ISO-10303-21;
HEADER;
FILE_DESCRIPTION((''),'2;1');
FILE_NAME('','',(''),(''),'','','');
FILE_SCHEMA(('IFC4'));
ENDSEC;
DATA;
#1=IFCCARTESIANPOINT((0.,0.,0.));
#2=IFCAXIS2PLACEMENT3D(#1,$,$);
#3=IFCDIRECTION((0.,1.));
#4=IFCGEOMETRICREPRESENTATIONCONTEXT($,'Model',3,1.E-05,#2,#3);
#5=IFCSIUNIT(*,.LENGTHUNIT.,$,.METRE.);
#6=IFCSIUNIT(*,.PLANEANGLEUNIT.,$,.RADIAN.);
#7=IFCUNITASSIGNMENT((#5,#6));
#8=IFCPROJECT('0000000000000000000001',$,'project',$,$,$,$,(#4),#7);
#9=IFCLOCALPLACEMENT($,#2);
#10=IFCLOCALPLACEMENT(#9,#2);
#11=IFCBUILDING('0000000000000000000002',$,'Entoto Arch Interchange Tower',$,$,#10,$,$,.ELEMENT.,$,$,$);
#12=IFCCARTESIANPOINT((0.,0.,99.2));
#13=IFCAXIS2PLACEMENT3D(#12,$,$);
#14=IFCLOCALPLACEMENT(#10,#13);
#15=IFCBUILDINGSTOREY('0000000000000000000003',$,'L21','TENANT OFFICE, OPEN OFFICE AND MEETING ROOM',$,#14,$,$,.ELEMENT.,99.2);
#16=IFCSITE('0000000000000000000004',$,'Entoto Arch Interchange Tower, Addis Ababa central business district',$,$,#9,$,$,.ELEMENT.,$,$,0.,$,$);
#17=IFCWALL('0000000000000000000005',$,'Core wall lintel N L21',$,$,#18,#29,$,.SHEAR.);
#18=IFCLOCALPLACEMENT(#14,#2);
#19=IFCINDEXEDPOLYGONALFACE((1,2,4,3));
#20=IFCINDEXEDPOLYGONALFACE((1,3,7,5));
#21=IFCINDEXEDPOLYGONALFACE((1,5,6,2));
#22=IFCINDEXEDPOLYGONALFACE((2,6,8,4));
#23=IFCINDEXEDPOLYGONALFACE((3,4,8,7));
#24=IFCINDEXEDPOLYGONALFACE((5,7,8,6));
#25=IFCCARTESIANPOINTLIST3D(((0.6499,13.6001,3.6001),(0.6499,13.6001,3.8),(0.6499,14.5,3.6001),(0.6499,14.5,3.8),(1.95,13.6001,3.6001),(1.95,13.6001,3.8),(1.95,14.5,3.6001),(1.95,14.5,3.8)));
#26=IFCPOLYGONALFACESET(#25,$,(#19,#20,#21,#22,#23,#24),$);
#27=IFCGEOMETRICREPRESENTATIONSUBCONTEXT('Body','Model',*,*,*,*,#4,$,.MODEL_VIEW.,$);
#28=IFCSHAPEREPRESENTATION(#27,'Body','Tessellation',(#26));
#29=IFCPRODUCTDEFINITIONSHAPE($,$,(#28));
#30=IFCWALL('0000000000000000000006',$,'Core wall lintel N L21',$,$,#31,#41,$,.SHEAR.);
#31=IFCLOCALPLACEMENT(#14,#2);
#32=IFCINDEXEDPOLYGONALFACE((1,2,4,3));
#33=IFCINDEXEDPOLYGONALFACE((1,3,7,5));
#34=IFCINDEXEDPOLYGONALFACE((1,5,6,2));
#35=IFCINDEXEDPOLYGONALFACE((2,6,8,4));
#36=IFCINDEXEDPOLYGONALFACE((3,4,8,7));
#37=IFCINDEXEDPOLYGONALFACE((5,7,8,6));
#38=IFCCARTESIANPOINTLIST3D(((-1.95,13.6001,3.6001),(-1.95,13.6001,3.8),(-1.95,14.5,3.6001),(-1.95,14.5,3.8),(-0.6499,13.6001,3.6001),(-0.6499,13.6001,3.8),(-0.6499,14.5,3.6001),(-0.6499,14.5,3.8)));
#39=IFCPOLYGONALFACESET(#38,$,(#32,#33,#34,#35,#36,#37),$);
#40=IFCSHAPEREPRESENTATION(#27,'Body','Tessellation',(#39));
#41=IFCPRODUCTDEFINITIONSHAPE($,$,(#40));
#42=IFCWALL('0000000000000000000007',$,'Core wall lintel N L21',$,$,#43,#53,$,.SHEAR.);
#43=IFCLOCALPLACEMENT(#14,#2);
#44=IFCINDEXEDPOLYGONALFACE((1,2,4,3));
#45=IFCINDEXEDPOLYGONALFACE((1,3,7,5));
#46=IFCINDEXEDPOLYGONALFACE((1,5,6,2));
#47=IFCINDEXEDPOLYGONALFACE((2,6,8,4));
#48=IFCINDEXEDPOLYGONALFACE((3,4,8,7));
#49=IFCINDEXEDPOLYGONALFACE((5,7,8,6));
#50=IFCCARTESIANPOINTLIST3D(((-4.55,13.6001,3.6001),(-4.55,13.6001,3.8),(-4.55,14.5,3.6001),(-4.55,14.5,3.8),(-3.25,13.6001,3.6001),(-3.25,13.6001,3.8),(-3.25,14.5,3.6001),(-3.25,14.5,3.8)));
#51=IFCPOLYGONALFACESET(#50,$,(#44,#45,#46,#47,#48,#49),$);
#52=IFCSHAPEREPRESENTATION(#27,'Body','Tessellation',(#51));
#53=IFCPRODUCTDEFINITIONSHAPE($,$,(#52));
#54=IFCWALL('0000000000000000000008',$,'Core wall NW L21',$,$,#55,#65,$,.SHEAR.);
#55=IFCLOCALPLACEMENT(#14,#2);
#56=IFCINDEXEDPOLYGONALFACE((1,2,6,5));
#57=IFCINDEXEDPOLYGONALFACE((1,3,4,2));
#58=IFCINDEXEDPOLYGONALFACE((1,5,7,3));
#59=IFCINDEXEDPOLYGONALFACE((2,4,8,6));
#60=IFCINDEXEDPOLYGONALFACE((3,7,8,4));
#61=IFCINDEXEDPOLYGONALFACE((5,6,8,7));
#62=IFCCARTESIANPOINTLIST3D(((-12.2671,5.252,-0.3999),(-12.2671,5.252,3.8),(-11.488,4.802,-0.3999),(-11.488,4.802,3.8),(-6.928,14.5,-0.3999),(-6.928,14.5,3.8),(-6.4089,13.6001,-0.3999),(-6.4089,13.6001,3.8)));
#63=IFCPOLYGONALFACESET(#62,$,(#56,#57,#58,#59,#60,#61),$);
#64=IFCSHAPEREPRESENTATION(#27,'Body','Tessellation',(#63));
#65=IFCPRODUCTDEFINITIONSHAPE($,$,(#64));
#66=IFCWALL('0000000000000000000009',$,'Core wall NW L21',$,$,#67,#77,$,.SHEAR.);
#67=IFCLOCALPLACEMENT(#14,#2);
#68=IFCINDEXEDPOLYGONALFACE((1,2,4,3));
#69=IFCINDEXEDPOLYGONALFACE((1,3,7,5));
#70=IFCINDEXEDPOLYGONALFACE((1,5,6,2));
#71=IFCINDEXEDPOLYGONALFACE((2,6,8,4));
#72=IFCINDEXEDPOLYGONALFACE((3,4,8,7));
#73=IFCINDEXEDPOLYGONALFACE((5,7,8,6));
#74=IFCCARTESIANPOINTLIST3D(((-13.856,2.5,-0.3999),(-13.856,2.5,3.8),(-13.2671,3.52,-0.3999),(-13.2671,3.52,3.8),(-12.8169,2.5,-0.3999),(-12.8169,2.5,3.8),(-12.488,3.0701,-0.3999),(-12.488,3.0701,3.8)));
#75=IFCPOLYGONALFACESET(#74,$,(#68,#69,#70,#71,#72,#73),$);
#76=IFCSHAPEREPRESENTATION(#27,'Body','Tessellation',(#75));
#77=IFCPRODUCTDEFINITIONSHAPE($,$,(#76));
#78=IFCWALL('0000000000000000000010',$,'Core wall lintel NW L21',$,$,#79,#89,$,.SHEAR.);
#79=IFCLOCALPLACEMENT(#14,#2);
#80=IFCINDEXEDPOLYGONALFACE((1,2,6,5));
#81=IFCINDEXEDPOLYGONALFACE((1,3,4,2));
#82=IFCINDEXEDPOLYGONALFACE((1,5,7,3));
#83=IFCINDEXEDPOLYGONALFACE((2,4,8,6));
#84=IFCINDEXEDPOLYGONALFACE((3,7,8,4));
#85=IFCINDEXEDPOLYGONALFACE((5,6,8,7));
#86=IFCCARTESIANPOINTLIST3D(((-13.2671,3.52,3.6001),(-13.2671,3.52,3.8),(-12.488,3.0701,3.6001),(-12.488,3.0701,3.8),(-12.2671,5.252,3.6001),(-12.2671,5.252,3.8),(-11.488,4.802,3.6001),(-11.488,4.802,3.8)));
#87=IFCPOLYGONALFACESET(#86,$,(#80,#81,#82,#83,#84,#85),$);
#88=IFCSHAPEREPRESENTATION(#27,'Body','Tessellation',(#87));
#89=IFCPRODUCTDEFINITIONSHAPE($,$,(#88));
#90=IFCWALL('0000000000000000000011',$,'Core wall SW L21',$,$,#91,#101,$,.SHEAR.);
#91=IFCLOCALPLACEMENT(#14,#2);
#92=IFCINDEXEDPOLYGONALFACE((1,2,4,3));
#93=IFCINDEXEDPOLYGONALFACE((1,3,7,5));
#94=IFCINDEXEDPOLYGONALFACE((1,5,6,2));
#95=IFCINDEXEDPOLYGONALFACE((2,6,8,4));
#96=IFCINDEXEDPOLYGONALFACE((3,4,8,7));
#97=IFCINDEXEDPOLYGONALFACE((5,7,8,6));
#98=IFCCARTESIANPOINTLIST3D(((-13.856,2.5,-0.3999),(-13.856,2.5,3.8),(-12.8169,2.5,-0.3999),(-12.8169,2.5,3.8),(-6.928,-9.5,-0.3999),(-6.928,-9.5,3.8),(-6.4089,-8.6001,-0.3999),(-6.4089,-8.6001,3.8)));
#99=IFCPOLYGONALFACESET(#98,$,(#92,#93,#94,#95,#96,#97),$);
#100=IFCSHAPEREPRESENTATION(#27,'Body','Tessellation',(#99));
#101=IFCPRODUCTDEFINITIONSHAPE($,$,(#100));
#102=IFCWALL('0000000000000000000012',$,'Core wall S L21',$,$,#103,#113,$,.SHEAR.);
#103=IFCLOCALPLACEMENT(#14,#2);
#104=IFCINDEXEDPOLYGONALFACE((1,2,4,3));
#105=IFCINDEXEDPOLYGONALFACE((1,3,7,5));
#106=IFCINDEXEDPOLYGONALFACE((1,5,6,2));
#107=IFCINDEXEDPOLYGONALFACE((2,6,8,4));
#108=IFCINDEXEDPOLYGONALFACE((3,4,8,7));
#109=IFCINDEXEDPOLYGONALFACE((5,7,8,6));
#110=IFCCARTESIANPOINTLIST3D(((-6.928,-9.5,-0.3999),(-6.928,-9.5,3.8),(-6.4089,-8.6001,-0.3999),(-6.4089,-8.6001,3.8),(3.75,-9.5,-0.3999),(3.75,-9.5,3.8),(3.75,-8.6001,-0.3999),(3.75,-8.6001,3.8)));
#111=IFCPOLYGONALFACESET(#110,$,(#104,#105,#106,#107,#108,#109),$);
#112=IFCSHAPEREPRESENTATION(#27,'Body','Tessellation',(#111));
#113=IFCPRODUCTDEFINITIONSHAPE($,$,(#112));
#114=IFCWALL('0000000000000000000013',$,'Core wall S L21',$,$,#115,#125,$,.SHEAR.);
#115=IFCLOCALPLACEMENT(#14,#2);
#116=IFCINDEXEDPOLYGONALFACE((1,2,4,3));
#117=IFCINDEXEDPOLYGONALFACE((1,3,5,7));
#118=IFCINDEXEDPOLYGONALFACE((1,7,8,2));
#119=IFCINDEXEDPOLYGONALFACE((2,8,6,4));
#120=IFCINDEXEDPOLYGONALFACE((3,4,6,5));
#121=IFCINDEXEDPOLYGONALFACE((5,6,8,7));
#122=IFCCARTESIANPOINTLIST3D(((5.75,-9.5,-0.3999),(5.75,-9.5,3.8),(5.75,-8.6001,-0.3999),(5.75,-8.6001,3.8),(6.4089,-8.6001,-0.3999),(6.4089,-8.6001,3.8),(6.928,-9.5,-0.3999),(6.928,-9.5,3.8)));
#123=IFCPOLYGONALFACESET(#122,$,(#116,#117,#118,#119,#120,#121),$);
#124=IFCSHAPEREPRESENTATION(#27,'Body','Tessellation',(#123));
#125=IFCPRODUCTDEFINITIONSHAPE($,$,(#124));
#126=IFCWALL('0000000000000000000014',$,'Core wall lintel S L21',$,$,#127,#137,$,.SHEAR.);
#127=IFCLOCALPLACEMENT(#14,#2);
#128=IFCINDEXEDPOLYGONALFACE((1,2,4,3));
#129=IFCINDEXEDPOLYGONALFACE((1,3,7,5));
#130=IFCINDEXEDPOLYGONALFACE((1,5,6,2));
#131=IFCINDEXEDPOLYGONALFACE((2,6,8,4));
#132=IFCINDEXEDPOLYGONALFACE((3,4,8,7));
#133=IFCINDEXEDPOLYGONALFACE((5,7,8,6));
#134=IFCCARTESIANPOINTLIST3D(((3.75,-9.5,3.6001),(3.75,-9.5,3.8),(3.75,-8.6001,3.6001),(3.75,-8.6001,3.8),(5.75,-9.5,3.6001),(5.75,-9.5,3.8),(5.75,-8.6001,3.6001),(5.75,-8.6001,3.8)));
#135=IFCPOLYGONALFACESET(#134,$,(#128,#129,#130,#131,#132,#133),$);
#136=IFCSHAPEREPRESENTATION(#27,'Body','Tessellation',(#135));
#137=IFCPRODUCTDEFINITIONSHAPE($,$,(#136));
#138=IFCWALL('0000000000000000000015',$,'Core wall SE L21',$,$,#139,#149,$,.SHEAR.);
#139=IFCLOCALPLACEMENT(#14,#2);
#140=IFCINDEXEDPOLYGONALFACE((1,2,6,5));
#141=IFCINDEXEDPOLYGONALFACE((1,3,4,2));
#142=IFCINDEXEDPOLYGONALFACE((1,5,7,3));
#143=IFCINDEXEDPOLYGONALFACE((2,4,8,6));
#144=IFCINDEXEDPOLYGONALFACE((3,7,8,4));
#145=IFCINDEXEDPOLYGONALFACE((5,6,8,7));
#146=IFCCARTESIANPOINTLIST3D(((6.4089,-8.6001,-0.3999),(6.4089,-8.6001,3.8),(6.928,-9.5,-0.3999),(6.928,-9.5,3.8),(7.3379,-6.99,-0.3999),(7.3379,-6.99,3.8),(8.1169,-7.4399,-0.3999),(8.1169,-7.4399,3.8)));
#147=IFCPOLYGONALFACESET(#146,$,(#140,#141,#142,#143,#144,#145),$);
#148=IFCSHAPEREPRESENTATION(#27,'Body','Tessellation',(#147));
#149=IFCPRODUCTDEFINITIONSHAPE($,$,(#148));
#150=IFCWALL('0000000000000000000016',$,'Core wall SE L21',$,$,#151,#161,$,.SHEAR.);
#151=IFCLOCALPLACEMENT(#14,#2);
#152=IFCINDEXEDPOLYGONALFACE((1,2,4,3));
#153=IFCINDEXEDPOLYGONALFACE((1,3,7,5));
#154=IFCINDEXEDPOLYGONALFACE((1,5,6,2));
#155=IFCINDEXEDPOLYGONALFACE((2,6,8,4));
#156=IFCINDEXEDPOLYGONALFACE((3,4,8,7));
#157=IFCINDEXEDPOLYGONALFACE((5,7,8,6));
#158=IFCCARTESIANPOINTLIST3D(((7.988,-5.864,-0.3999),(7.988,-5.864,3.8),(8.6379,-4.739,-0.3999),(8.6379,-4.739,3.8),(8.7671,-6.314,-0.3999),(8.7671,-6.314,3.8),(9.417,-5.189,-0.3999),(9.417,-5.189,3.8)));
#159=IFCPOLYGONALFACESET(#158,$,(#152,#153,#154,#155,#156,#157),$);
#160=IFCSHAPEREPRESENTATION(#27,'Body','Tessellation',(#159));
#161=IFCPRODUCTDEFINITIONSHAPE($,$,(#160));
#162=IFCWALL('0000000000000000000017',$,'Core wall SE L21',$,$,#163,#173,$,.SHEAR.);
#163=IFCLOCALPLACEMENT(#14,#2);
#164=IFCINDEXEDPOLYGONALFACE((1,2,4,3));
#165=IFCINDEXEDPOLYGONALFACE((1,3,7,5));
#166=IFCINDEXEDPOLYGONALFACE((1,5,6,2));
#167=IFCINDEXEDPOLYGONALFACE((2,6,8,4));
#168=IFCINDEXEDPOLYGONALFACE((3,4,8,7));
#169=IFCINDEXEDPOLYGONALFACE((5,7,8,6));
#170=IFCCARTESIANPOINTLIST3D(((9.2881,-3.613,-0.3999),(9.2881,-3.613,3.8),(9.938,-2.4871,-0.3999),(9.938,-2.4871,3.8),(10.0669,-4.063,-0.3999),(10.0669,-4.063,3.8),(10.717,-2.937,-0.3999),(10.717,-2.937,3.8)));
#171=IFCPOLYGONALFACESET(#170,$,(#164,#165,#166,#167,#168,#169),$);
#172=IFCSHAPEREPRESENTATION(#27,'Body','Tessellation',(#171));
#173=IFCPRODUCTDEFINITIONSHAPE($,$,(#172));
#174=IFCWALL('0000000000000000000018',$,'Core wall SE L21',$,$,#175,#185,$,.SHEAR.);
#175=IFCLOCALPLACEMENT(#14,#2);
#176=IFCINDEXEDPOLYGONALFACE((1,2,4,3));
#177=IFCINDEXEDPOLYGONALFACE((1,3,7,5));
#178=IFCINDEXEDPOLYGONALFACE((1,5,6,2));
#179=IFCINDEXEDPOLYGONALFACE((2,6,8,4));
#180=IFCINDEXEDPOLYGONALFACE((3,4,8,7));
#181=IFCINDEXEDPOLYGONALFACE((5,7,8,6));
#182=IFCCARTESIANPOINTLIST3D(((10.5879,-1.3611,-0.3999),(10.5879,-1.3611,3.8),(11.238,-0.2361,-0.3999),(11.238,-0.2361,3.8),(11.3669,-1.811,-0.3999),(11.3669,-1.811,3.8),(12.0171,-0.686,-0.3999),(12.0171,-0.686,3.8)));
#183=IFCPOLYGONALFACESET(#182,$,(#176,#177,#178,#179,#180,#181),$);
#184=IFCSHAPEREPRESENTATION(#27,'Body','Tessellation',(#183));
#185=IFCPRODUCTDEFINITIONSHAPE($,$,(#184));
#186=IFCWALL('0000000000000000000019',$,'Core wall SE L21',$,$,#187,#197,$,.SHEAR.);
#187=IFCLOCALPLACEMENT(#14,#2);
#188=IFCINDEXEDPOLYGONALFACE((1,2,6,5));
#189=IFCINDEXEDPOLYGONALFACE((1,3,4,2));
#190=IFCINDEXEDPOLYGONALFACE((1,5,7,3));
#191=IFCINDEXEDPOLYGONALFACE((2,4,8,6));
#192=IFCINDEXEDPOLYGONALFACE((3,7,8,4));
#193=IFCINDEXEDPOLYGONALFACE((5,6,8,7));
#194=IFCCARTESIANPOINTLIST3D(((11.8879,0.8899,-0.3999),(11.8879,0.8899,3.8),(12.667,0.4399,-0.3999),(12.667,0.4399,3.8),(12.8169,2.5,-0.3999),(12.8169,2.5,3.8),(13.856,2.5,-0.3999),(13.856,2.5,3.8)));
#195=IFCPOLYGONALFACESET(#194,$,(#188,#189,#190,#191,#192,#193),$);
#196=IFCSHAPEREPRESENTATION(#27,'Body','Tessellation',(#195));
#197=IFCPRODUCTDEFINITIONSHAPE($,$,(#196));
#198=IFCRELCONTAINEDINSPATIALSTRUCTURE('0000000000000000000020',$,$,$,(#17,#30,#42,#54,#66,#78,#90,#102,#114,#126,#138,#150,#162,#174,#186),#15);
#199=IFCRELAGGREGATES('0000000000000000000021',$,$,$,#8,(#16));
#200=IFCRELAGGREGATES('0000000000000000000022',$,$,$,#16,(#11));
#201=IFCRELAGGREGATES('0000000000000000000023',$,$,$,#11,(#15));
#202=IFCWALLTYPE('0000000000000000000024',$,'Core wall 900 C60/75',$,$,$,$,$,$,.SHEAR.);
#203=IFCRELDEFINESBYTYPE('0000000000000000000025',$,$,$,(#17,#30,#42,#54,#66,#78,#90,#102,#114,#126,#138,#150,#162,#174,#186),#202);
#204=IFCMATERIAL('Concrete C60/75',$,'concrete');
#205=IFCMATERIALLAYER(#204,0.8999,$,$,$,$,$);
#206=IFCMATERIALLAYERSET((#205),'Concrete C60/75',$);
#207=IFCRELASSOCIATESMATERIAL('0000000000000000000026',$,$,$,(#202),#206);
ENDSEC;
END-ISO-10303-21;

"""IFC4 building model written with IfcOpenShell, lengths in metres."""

from ifc_helpers import new_model, si_unit, direction, frame, origin, place, context, subcontext, project, spatial, polyline, outline, extrude, material, layer, layer_set, type_object, element, save


model = new_model("IFC4")

# Units and contexts
model_context = context("Model", 3, precision=1e-05, world=origin(), true_north=direction((0.0, 1.0)))
body_context = subcontext(model_context, "Body", "Model", "MODEL_VIEW")
ifc_project = project(units=[si_unit("LENGTHUNIT", "METRE"), si_unit("PLANEANGLEUNIT", "RADIAN")], contexts=[model_context])

# Site, building, storey
site_placement = place(None, origin())
site = spatial("IfcSite", under=ifc_project, at=site_placement, Name="Entoto Arch Interchange Tower, Addis Ababa central business district", CompositionType="ELEMENT", RefElevation=0.0)
building_placement = place(site_placement, origin())
building = spatial("IfcBuilding", under=site, at=building_placement, Name="Entoto Arch Interchange Tower", CompositionType="ELEMENT")
storey_placement = place(building_placement, frame((0.0, 0.0, 99.2)))
storey = spatial("IfcBuildingStorey", under=building, at=storey_placement, Name="L21", Description="TENANT OFFICE, OPEN OFFICE AND MEETING ROOM", CompositionType="ELEMENT", Elevation=99.2)

# Walls
ifc_material_1 = material(Name="Concrete C60/75", Category="concrete")
ifc_layer_1 = layer(ifc_material_1, 0.8999)
ifc_layer_set_1 = layer_set([ifc_layer_1], Name="Concrete C60/75")
wall_type_1 = type_object("IfcWallType", Name="Core wall 900 C60/75", PredefinedType="SHEAR", material=ifc_layer_set_1)
wall_1_placement = place(storey_placement, frame((0.0, 0.0, 3.6001)))
element("IfcWall", 1, at=wall_1_placement, inside=storey, type_object=wall_type_1, Name="Core wall lintel N L21", PredefinedType="SHEAR", context=body_context, shape_type="SweptSolid", body=[
    extrude(outline(polyline([(0.6499, 14.5), (0.6499, 13.6001), (1.95, 13.6001), (1.95, 14.5), (0.6499, 14.5)])), origin(), (0.0, 0.0, 1.0), 0.2),
])
wall_2_placement = place(storey_placement, frame((0.0, 0.0, 3.6001)))
element("IfcWall", 2, at=wall_2_placement, inside=storey, type_object=wall_type_1, Name="Core wall lintel N L21", PredefinedType="SHEAR", context=body_context, shape_type="SweptSolid", body=[
    extrude(outline(polyline([(-1.95, 14.5), (-1.95, 13.6001), (-0.6499, 13.6001), (-0.6499, 14.5), (-1.95, 14.5)])), origin(), (0.0, 0.0, 1.0), 0.2),
])
wall_3_placement = place(storey_placement, frame((0.0, 0.0, 3.6001)))
element("IfcWall", 3, at=wall_3_placement, inside=storey, type_object=wall_type_1, Name="Core wall lintel N L21", PredefinedType="SHEAR", context=body_context, shape_type="SweptSolid", body=[
    extrude(outline(polyline([(-4.55, 14.5), (-4.55, 13.6001), (-3.25, 13.6001), (-3.25, 14.5), (-4.55, 14.5)])), origin(), (0.0, 0.0, 1.0), 0.2),
])
wall_4_placement = place(storey_placement, frame((0.0, 0.0, -0.3999)))
element("IfcWall", 4, at=wall_4_placement, inside=storey, type_object=wall_type_1, Name="Core wall NW L21", PredefinedType="SHEAR", context=body_context, shape_type="SweptSolid", body=[
    extrude(outline(polyline([(-12.2671, 5.252), (-11.488, 4.802), (-6.4089, 13.6001), (-6.928, 14.5), (-12.2671, 5.252)])), origin(), (0.0, 0.0, 1.0), 4.2),
])
wall_5_placement = place(storey_placement, frame((0.0, 0.0, -0.3999)))
element("IfcWall", 5, at=wall_5_placement, inside=storey, type_object=wall_type_1, Name="Core wall NW L21", PredefinedType="SHEAR", context=body_context, shape_type="SweptSolid", body=[
    extrude(outline(polyline([(-12.488, 3.0701), (-13.2671, 3.52), (-13.856, 2.5), (-12.8169, 2.5), (-12.488, 3.0701)])), origin(), (0.0, 0.0, 1.0), 4.2),
])
wall_6_placement = place(storey_placement, frame((0.0, 0.0, 3.6001)))
element("IfcWall", 6, at=wall_6_placement, inside=storey, type_object=wall_type_1, Name="Core wall lintel NW L21", PredefinedType="SHEAR", context=body_context, shape_type="SweptSolid", body=[
    extrude(outline(polyline([(-13.2671, 3.52), (-12.488, 3.0701), (-11.488, 4.802), (-12.2671, 5.252), (-13.2671, 3.52)])), origin(), (0.0, 0.0, 1.0), 0.2),
])
wall_7_placement = place(storey_placement, frame((0.0, 0.0, -0.3999)))
element("IfcWall", 7, at=wall_7_placement, inside=storey, type_object=wall_type_1, Name="Core wall SW L21", PredefinedType="SHEAR", context=body_context, shape_type="SweptSolid", body=[
    extrude(outline(polyline([(-13.856, 2.5), (-6.928, -9.5), (-6.4089, -8.6001), (-12.8169, 2.5), (-13.856, 2.5)])), origin(), (0.0, 0.0, 1.0), 4.2),
])
wall_8_placement = place(storey_placement, frame((0.0, 0.0, -0.3999)))
element("IfcWall", 8, at=wall_8_placement, inside=storey, type_object=wall_type_1, Name="Core wall S L21", PredefinedType="SHEAR", context=body_context, shape_type="SweptSolid", body=[
    extrude(outline(polyline([(3.75, -9.5), (3.75, -8.6001), (-6.4089, -8.6001), (-6.928, -9.5), (3.75, -9.5)])), origin(), (0.0, 0.0, 1.0), 4.2),
])
wall_9_placement = place(storey_placement, frame((0.0, 0.0, -0.3999)))
element("IfcWall", 9, at=wall_9_placement, inside=storey, type_object=wall_type_1, Name="Core wall S L21", PredefinedType="SHEAR", context=body_context, shape_type="SweptSolid", body=[
    extrude(outline(polyline([(5.75, -8.6001), (5.75, -9.5), (6.928, -9.5), (6.4089, -8.6001), (5.75, -8.6001)])), origin(), (0.0, 0.0, 1.0), 4.2),
])
wall_10_placement = place(storey_placement, frame((0.0, 0.0, 3.6001)))
element("IfcWall", 10, at=wall_10_placement, inside=storey, type_object=wall_type_1, Name="Core wall lintel S L21", PredefinedType="SHEAR", context=body_context, shape_type="SweptSolid", body=[
    extrude(outline(polyline([(5.75, -9.5), (5.75, -8.6001), (3.75, -8.6001), (3.75, -9.5), (5.75, -9.5)])), origin(), (0.0, 0.0, 1.0), 0.2),
])
wall_11_placement = place(storey_placement, frame((0.0, 0.0, -0.3999)))
element("IfcWall", 11, at=wall_11_placement, inside=storey, type_object=wall_type_1, Name="Core wall SE L21", PredefinedType="SHEAR", context=body_context, shape_type="SweptSolid", body=[
    extrude(outline(polyline([(8.1169, -7.4399), (7.3379, -6.99), (6.4089, -8.6001), (6.928, -9.5), (8.1169, -7.4399)])), origin(), (0.0, 0.0, 1.0), 4.2),
])
wall_12_placement = place(storey_placement, frame((0.0, 0.0, -0.3999)))
element("IfcWall", 12, at=wall_12_placement, inside=storey, type_object=wall_type_1, Name="Core wall SE L21", PredefinedType="SHEAR", context=body_context, shape_type="SweptSolid", body=[
    extrude(outline(polyline([(9.417, -5.189), (8.6379, -4.739), (7.988, -5.864), (8.7671, -6.314), (9.417, -5.189)])), origin(), (0.0, 0.0, 1.0), 4.2),
])
wall_13_placement = place(storey_placement, frame((0.0, 0.0, -0.3999)))
element("IfcWall", 13, at=wall_13_placement, inside=storey, type_object=wall_type_1, Name="Core wall SE L21", PredefinedType="SHEAR", context=body_context, shape_type="SweptSolid", body=[
    extrude(outline(polyline([(10.717, -2.937), (9.938, -2.4871), (9.2881, -3.613), (10.0669, -4.063), (10.717, -2.937)])), origin(), (0.0, 0.0, 1.0), 4.2),
])
wall_14_placement = place(storey_placement, frame((0.0, 0.0, -0.3999)))
element("IfcWall", 14, at=wall_14_placement, inside=storey, type_object=wall_type_1, Name="Core wall SE L21", PredefinedType="SHEAR", context=body_context, shape_type="SweptSolid", body=[
    extrude(outline(polyline([(12.0171, -0.686), (11.238, -0.2361), (10.5879, -1.3611), (11.3669, -1.811), (12.0171, -0.686)])), origin(), (0.0, 0.0, 1.0), 4.2),
])
wall_15_placement = place(storey_placement, frame((0.0, 0.0, -0.3999)))
element("IfcWall", 15, at=wall_15_placement, inside=storey, type_object=wall_type_1, Name="Core wall SE L21", PredefinedType="SHEAR", context=body_context, shape_type="SweptSolid", body=[
    extrude(outline(polyline([(11.8879, 0.8899), (12.667, 0.4399), (13.856, 2.5), (12.8169, 2.5), (11.8879, 0.8899)])), origin(), (0.0, 0.0, 1.0), 4.2),
])

save(model, "model.ifc")
